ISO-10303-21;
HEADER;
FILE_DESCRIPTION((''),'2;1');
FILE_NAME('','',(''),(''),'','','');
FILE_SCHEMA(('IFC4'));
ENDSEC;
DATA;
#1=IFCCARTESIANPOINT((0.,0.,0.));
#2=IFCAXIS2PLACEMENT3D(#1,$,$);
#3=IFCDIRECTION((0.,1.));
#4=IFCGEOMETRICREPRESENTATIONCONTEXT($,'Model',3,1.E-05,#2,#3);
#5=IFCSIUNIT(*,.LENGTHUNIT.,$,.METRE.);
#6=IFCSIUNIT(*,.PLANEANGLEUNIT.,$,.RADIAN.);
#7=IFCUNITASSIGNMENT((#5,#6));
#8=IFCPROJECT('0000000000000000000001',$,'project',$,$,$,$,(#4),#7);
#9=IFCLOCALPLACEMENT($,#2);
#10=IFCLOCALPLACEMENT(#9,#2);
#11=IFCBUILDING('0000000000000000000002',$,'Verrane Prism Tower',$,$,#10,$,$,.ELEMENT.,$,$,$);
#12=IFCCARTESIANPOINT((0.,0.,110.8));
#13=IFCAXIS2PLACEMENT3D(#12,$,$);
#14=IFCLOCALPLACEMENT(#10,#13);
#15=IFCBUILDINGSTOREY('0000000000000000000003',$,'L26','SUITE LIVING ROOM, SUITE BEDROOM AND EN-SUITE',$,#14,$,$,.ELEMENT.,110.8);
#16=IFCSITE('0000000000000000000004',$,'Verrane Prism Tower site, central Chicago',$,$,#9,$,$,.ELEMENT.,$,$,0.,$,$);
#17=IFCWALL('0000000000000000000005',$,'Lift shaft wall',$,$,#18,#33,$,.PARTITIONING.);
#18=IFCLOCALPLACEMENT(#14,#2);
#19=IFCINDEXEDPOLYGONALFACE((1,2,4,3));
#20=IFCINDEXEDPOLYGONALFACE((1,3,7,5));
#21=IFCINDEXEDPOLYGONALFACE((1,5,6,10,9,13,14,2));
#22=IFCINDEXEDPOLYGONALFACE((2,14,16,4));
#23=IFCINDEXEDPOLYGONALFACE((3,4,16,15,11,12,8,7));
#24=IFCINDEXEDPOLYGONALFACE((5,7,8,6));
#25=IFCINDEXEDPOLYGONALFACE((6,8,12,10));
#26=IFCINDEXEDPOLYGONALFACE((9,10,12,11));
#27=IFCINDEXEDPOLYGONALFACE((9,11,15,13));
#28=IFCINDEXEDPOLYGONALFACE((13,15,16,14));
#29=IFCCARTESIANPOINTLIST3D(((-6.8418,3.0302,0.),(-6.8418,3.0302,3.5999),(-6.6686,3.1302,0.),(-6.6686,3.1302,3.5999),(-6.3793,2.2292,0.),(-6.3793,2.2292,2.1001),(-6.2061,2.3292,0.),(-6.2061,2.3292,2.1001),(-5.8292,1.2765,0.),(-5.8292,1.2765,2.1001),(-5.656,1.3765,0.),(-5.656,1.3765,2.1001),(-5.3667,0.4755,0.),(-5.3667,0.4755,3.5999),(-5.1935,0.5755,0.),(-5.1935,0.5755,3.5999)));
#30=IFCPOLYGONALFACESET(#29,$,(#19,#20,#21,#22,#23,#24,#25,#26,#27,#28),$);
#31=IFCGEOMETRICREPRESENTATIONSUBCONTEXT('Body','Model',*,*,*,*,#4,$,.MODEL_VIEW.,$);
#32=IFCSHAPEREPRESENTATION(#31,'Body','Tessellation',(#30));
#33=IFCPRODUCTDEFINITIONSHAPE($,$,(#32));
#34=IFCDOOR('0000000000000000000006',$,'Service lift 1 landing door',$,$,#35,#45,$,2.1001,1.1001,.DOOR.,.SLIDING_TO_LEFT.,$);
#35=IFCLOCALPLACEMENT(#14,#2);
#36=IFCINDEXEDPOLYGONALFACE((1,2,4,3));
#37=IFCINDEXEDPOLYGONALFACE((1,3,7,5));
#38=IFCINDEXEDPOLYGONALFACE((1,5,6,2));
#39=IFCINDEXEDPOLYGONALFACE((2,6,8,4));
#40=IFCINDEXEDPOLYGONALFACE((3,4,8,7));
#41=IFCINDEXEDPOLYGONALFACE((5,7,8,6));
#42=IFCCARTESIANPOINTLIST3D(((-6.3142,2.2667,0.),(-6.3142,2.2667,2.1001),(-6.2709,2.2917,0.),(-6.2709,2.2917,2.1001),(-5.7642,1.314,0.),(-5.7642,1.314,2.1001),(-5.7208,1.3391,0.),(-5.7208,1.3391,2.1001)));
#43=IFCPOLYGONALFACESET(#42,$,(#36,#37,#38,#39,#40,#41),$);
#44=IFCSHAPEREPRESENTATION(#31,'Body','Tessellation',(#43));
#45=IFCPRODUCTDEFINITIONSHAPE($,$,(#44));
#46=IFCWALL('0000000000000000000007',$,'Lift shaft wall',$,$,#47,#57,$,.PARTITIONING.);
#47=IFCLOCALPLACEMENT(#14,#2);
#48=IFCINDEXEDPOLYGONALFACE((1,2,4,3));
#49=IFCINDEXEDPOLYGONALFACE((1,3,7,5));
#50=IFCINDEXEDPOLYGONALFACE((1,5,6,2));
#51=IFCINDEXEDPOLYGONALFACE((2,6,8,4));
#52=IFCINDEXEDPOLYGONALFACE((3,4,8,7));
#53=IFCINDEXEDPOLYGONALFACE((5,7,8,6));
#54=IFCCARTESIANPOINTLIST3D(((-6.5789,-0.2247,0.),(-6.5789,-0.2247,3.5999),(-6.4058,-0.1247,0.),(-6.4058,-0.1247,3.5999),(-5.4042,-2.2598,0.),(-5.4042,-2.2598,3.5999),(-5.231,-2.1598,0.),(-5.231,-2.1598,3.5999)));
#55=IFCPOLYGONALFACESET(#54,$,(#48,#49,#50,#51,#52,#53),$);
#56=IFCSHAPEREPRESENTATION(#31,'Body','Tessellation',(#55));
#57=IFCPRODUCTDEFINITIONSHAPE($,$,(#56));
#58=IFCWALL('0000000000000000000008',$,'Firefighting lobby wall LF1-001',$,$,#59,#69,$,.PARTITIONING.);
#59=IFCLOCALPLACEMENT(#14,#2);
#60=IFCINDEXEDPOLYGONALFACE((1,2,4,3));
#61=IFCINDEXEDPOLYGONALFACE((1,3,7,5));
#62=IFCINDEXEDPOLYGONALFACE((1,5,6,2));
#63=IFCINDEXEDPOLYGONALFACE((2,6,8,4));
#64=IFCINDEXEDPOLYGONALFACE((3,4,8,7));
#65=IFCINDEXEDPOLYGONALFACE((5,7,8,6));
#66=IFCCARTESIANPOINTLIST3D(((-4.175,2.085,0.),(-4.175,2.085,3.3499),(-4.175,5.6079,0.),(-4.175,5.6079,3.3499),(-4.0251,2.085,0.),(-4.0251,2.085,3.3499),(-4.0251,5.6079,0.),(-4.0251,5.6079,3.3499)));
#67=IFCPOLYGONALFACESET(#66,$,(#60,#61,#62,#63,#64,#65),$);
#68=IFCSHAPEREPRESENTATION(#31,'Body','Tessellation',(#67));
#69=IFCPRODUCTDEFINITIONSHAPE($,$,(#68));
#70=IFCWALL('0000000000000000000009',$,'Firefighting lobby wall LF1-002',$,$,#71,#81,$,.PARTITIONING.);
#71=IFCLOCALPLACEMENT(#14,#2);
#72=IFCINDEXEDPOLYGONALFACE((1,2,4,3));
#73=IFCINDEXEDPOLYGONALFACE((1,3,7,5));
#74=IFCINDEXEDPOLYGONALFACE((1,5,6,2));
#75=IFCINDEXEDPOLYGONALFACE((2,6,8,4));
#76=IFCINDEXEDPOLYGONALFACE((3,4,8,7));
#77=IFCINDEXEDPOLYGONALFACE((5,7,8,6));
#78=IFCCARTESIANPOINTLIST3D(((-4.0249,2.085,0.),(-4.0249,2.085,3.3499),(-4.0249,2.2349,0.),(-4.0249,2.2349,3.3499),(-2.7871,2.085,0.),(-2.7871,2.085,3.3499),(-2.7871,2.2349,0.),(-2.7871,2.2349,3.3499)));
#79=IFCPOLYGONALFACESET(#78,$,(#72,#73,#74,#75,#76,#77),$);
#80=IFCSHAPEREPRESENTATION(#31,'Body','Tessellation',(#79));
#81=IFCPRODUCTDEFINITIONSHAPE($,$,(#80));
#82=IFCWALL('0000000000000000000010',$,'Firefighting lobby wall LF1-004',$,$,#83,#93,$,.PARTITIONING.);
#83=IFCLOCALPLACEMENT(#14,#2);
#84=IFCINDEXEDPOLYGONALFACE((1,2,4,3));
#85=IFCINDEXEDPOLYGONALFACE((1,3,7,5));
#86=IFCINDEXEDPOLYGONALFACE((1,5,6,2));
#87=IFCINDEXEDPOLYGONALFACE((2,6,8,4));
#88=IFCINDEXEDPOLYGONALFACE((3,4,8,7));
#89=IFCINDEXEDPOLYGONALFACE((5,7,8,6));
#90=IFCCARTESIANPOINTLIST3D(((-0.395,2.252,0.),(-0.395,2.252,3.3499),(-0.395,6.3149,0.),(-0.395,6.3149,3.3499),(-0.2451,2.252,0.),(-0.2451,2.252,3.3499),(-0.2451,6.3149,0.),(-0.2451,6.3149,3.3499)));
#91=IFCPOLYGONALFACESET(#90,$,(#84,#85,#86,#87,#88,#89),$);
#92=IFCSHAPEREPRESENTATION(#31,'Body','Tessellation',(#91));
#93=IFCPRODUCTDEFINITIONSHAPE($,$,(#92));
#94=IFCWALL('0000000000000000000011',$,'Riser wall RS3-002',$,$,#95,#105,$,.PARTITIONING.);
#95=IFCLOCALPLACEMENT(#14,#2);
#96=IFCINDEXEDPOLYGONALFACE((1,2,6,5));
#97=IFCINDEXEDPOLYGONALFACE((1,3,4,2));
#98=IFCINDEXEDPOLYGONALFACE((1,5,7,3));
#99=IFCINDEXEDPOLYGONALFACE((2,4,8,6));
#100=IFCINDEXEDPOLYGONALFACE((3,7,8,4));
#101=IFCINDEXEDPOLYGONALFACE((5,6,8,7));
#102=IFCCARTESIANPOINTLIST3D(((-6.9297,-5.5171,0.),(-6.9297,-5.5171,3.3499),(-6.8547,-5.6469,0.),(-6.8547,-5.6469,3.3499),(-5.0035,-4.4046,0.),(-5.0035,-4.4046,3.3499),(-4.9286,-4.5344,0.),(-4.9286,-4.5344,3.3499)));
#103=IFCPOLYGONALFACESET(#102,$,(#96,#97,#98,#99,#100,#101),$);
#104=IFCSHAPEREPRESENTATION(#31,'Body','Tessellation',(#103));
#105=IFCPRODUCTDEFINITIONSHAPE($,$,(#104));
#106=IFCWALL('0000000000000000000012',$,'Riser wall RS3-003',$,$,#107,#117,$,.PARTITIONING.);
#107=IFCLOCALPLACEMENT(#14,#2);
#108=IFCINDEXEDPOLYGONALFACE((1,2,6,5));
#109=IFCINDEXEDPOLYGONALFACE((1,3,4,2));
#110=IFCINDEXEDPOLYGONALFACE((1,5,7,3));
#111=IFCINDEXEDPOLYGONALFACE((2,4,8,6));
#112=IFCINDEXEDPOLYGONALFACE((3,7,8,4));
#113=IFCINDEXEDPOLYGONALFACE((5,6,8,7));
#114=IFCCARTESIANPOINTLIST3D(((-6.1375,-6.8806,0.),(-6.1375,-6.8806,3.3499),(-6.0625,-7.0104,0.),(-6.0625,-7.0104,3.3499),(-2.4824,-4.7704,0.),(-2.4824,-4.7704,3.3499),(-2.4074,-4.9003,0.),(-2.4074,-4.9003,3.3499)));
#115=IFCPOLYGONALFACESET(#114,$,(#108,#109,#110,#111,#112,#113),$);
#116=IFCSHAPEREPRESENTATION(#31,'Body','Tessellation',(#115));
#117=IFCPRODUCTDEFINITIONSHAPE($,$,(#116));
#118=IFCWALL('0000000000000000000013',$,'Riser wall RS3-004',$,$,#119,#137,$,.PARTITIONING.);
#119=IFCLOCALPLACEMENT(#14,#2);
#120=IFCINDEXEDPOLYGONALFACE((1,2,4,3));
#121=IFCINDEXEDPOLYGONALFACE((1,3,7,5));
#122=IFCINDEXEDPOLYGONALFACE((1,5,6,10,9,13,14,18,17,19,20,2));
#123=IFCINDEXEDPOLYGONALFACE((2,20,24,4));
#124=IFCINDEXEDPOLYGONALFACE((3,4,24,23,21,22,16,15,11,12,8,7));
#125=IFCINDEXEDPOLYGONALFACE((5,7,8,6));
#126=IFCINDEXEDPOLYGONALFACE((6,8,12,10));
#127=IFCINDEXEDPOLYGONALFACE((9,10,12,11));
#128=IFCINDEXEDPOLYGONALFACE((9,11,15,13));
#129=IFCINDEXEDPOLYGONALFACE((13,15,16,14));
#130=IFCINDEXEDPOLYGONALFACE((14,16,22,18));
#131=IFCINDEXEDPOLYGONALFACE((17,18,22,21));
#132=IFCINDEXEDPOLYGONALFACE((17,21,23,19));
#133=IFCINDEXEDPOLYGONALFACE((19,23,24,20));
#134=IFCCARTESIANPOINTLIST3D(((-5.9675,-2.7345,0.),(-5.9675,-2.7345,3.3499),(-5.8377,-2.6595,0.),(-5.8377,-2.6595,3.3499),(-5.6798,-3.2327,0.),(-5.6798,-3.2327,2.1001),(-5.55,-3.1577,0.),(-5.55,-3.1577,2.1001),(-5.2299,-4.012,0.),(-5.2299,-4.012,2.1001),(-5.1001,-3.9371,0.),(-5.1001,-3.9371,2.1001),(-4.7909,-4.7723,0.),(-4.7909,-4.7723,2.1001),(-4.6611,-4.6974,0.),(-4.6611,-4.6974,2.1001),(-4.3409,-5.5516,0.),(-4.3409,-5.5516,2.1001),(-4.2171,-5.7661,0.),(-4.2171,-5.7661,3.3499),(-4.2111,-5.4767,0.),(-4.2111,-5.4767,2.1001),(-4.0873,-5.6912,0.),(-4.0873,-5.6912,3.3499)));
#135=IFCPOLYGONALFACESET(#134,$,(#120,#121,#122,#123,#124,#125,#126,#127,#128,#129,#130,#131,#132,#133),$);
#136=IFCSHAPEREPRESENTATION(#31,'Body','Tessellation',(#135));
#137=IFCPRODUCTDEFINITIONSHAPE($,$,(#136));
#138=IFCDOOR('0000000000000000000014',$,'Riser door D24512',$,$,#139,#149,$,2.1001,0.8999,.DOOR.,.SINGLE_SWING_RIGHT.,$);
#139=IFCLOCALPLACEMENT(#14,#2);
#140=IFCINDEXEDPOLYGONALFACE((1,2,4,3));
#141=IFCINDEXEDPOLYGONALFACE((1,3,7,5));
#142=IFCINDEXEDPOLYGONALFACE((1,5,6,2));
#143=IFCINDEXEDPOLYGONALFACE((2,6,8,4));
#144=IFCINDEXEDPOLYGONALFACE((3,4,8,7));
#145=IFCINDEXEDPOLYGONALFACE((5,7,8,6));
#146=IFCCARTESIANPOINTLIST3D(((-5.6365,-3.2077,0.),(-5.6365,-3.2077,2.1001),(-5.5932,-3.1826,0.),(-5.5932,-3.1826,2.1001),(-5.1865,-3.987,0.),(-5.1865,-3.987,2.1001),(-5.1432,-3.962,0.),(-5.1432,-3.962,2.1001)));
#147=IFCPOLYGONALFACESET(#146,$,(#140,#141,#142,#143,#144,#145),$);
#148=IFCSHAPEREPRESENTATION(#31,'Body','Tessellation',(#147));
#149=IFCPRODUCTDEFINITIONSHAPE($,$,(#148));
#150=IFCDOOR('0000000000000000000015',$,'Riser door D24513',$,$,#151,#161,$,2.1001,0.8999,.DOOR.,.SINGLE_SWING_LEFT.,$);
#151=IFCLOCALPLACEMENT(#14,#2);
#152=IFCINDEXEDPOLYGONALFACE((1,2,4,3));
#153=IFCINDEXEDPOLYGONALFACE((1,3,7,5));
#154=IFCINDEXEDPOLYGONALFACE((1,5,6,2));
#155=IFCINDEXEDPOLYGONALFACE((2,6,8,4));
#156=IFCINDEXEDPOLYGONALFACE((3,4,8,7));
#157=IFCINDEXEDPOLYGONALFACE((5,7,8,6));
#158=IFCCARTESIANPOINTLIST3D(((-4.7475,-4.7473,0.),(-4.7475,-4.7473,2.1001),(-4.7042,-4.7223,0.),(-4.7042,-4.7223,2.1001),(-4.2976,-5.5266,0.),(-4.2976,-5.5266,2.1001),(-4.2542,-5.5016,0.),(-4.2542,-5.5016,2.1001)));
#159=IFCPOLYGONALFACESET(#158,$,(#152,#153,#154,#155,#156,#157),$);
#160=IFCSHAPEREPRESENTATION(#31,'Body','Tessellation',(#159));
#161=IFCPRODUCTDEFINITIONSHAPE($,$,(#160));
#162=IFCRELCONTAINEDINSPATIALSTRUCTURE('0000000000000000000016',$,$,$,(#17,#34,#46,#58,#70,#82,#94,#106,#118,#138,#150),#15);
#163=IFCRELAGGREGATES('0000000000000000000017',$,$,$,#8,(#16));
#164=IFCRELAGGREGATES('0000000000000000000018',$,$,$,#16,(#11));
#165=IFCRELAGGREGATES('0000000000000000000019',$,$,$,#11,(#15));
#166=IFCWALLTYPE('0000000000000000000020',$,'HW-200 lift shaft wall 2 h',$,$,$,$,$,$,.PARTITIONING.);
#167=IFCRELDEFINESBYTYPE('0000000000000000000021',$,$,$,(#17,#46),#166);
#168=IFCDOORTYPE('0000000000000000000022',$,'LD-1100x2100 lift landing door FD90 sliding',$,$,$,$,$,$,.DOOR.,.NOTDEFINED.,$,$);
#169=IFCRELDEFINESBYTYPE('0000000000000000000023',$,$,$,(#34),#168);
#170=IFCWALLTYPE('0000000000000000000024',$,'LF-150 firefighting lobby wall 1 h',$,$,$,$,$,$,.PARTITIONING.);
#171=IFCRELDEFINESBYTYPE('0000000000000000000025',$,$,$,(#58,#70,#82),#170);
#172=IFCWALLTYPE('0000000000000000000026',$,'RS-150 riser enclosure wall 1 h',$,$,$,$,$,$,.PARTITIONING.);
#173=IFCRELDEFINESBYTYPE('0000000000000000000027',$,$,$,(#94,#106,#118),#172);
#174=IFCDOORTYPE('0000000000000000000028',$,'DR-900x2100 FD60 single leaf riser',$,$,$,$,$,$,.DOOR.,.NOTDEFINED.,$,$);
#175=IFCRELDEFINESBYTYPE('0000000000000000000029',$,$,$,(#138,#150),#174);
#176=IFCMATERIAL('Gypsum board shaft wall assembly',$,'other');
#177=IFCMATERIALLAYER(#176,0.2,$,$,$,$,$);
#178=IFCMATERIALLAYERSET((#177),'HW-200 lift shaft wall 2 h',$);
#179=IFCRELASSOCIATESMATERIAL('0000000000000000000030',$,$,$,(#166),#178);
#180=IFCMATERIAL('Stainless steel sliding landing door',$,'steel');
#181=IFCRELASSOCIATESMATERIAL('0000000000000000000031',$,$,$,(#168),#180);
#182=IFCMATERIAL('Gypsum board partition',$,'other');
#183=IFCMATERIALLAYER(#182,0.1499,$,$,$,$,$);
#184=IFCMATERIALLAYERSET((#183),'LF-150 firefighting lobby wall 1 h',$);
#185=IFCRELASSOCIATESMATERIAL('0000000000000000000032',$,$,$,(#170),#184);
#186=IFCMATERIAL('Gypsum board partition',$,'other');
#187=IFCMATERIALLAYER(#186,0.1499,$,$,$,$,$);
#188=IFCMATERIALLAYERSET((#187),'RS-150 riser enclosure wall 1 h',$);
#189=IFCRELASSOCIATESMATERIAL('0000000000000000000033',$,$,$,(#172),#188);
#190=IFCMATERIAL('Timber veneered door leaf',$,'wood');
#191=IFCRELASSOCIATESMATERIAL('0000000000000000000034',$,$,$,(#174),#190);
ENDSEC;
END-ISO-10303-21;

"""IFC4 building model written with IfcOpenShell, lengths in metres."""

from ifc_helpers import new_model, si_unit, direction, frame, frame_2d, origin, place, context, subcontext, project, spatial, rectangle, extrude, material, layer, layer_set, type_object, element, fill, save


model = new_model("IFC4")

# Units and contexts
model_context = context("Model", 3, precision=1e-05, world=origin(), true_north=direction((0.0, 1.0)))
body_context = subcontext(model_context, "Body", "Model", "MODEL_VIEW")
ifc_project = project(units=[si_unit("LENGTHUNIT", "METRE"), si_unit("PLANEANGLEUNIT", "RADIAN")], contexts=[model_context])

# Site, building, storey
site_placement = place(None, origin())
site = spatial("IfcSite", under=ifc_project, at=site_placement, Name="Verrane Prism Tower site, central Chicago", CompositionType="ELEMENT", RefElevation=0.0)
building_placement = place(site_placement, origin())
building = spatial("IfcBuilding", under=site, at=building_placement, Name="Verrane Prism Tower", CompositionType="ELEMENT")
storey_placement = place(building_placement, frame((0.0, 0.0, 110.8)))
storey = spatial("IfcBuildingStorey", under=building, at=storey_placement, Name="L26", Description="SUITE LIVING ROOM, SUITE BEDROOM AND EN-SUITE", CompositionType="ELEMENT", Elevation=110.8)

# Shared definitions
ifc_material_1 = material(Name="Gypsum board shaft wall assembly", Category="other")
ifc_layer_1 = layer(ifc_material_1, 0.2)
ifc_layer_set_1 = layer_set([ifc_layer_1], Name="HW-200 lift shaft wall 2 h")
wall_type_1 = type_object("IfcWallType", Name="HW-200 lift shaft wall 2 h", PredefinedType="PARTITIONING", material=ifc_layer_set_1)
ifc_material_2 = material(Name="Stainless steel sliding landing door", Category="steel")
door_type_1 = type_object("IfcDoorType", Name="LD-1100x2100 lift landing door FD90 sliding", OperationType="NOTDEFINED", PredefinedType="DOOR", material=ifc_material_2)

# Wall, opening, door
wall_1_placement = place(storey_placement, frame((-5.28, 0.5254, 0.0), z_axis=(0.0, 0.0, 1.0), x_axis=(-0.500038, 0.866004, 0.0)))
wall_1 = element("IfcWall", 1, at=wall_1_placement, inside=storey, type_object=wall_type_1, Name="Lift shaft wall", PredefinedType="PARTITIONING", context=body_context, shape_type="SweptSolid", body=[
    extrude(rectangle(XDim=2.95, YDim=0.2, at=frame_2d((1.4751, 0.0))), origin(), (0.0, 0.0, 1.0), 3.5999),
])
opening_1_placement = place(wall_1_placement, frame((0.925, 0.0, 0.0)))
opening_1 = element("IfcOpeningElement", 2, at=opening_1_placement, cuts=wall_1, PredefinedType="OPENING", context=body_context, shape_type="SweptSolid", body=[
    extrude(rectangle(XDim=1.1001, YDim=2.1001, at=frame_2d((0.55, 1.05))), frame((0.0, 0.1099, 0.0), z_axis=(0.0, -1.0, 0.0), x_axis=(1.0, 0.0, 0.0)), (0.0, 0.0, 1.0), 0.22),
])
door_1_placement = place(opening_1_placement, origin())
door_1 = element("IfcDoor", 3, at=door_1_placement, inside=storey, type_object=door_type_1, Name="Service lift 1 landing door", OperationType="SLIDING_TO_LEFT", OverallHeight=2.1001, OverallWidth=1.1001, PredefinedType="DOOR", context=body_context, shape_type="SweptSolid", body=[
    extrude(rectangle(XDim=1.1001, YDim=2.1001, at=frame_2d((0.55, 1.05))), frame((0.0, 0.0249, 0.0), z_axis=(0.0, -1.0, 0.0), x_axis=(1.0, 0.0, 0.0)), (0.0, 0.0, 1.0), 0.05),
])
fill(opening_1, door_1)

# Walls
wall_2_placement = place(storey_placement, frame((-5.3176, -2.2097, 0.0), z_axis=(0.0, 0.0, 1.0), x_axis=(-0.499938, 0.866061, 0.0)))
element("IfcWall", 4, at=wall_2_placement, inside=storey, type_object=wall_type_1, Name="Lift shaft wall", PredefinedType="PARTITIONING", context=body_context, shape_type="SweptSolid", body=[
    extrude(rectangle(XDim=2.3499, YDim=0.2, at=frame_2d((1.1748, 0.0))), origin(), (0.0, 0.0, 1.0), 3.5999),
])
ifc_material_3 = material(Name="Gypsum board partition", Category="other")
ifc_layer_2 = layer(ifc_material_3, 0.1499)
ifc_layer_set_2 = layer_set([ifc_layer_2], Name="LF-150 firefighting lobby wall 1 h")
wall_type_2 = type_object("IfcWallType", Name="LF-150 firefighting lobby wall 1 h", PredefinedType="PARTITIONING", material=ifc_layer_set_2)
wall_3_placement = place(storey_placement, frame((-4.1001, 2.085, 0.0), z_axis=(0.0, 0.0, 1.0), x_axis=(0.0, 1.0, 0.0)))
element("IfcWall", 5, at=wall_3_placement, inside=storey, type_object=wall_type_2, Name="Firefighting lobby wall LF1-001", PredefinedType="PARTITIONING", context=body_context, shape_type="SweptSolid", body=[
    extrude(rectangle(XDim=3.5229, YDim=0.1499, at=frame_2d((1.7615, 0.0))), origin(), (0.0, 0.0, 1.0), 3.3499),
])
wall_4_placement = place(storey_placement, frame((-4.0249, 2.1599, 0.0), z_axis=(0.0, 0.0, 1.0), x_axis=(1.0, 0.0, 0.0)))
element("IfcWall", 6, at=wall_4_placement, inside=storey, type_object=wall_type_2, Name="Firefighting lobby wall LF1-002", PredefinedType="PARTITIONING", context=body_context, shape_type="SweptSolid", body=[
    extrude(rectangle(XDim=1.2378, YDim=0.1499, at=frame_2d((0.6189, 0.0))), origin(), (0.0, 0.0, 1.0), 3.3499),
])
wall_5_placement = place(storey_placement, frame((-0.3201, 2.252, 0.0), z_axis=(0.0, 0.0, 1.0), x_axis=(0.0, 1.0, 0.0)))
element("IfcWall", 7, at=wall_5_placement, inside=storey, type_object=wall_type_2, Name="Firefighting lobby wall LF1-004", PredefinedType="PARTITIONING", context=body_context, shape_type="SweptSolid", body=[
    extrude(rectangle(XDim=4.063, YDim=0.1499, at=frame_2d((2.0315, 0.0))), origin(), (0.0, 0.0, 1.0), 3.3499),
])
ifc_material_4 = material(Name="Gypsum board partition", Category="other")
ifc_layer_3 = layer(ifc_material_4, 0.1499)
ifc_layer_set_3 = layer_set([ifc_layer_3], Name="RS-150 riser enclosure wall 1 h")
wall_type_3 = type_object("IfcWallType", Name="RS-150 riser enclosure wall 1 h", PredefinedType="PARTITIONING", material=ifc_layer_set_3)
wall_6_placement = place(storey_placement, frame((-6.8923, -5.582, 0.0), z_axis=(0.0, 0.0, 1.0), x_axis=(0.865944, 0.50014, 0.0)))
element("IfcWall", 8, at=wall_6_placement, inside=storey, type_object=wall_type_3, Name="Riser wall RS3-002", PredefinedType="PARTITIONING", context=body_context, shape_type="SweptSolid", body=[
    extrude(rectangle(XDim=2.2244, YDim=0.1499, at=frame_2d((1.1123, 0.0))), origin(), (0.0, 0.0, 1.0), 3.3499),
])
wall_7_placement = place(storey_placement, frame((-6.1001, -6.9456, 0.0), z_axis=(0.0, 0.0, 1.0), x_axis=(0.866038, 0.499978, 0.0)))
element("IfcWall", 9, at=wall_7_placement, inside=storey, type_object=wall_type_3, Name="Riser wall RS3-003", PredefinedType="PARTITIONING", context=body_context, shape_type="SweptSolid", body=[
    extrude(rectangle(XDim=4.2205, YDim=0.1499, at=frame_2d((2.1104, 0.0))), origin(), (0.0, 0.0, 1.0), 3.3499),
])

# Wall, openings, doors
wall_8_placement = place(storey_placement, frame((-4.1521, -5.7288, 0.0), z_axis=(0.0, 0.0, 1.0), x_axis=(-0.500024, 0.866011, 0.0)))
wall_8 = element("IfcWall", 10, at=wall_8_placement, inside=storey, type_object=wall_type_3, Name="Riser wall RS3-004", PredefinedType="PARTITIONING", context=body_context, shape_type="SweptSolid", body=[
    extrude(rectangle(XDim=3.5007, YDim=0.1499, at=frame_2d((1.7505, 0.0))), origin(), (0.0, 0.0, 1.0), 3.3499),
])
opening_2_placement = place(wall_8_placement, frame((2.0256, 0.0, 0.0)))
opening_2 = element("IfcOpeningElement", 11, at=opening_2_placement, cuts=wall_8, PredefinedType="OPENING", context=body_context, shape_type="SweptSolid", body=[
    extrude(rectangle(XDim=0.8999, YDim=2.1001, at=frame_2d((0.45, 1.05))), frame((0.0, 0.085, 0.0), z_axis=(0.0, -1.0, 0.0), x_axis=(1.0, 0.0, 0.0)), (0.0, 0.0, 1.0), 0.1699),
])
opening_3_placement = place(wall_8_placement, frame((0.2478, 0.0, 0.0)))
opening_3 = element("IfcOpeningElement", 12, at=opening_3_placement, cuts=wall_8, PredefinedType="OPENING", context=body_context, shape_type="SweptSolid", body=[
    extrude(rectangle(XDim=0.8999, YDim=2.1001, at=frame_2d((0.45, 1.05))), frame((0.0, 0.085, 0.0), z_axis=(0.0, -1.0, 0.0), x_axis=(1.0, 0.0, 0.0)), (0.0, 0.0, 1.0), 0.1699),
])
ifc_material_5 = material(Name="Timber veneered door leaf", Category="wood")
door_type_2 = type_object("IfcDoorType", Name="DR-900x2100 FD60 single leaf riser", OperationType="NOTDEFINED", PredefinedType="DOOR", material=ifc_material_5)
door_2_placement = place(opening_2_placement, origin())
door_2 = element("IfcDoor", 13, at=door_2_placement, inside=storey, type_object=door_type_2, Name="Riser door D24512", OperationType="SINGLE_SWING_RIGHT", OverallHeight=2.1001, OverallWidth=0.8999, PredefinedType="DOOR", context=body_context, shape_type="SweptSolid", body=[
    extrude(rectangle(XDim=0.8999, YDim=2.1001, at=frame_2d((0.45, 1.05))), frame((0.0, 0.0249, 0.0), z_axis=(0.0, -1.0, 0.0), x_axis=(1.0, 0.0, 0.0)), (0.0, 0.0, 1.0), 0.05),
])
fill(opening_2, door_2)
door_3_placement = place(opening_3_placement, origin())
door_3 = element("IfcDoor", 14, at=door_3_placement, inside=storey, type_object=door_type_2, Name="Riser door D24513", OperationType="SINGLE_SWING_LEFT", OverallHeight=2.1001, OverallWidth=0.8999, PredefinedType="DOOR", context=body_context, shape_type="SweptSolid", body=[
    extrude(rectangle(XDim=0.8999, YDim=2.1001, at=frame_2d((0.45, 1.05))), frame((0.0, 0.0249, 0.0), z_axis=(0.0, -1.0, 0.0), x_axis=(1.0, 0.0, 0.0)), (0.0, 0.0, 1.0), 0.05),
])
fill(opening_3, door_3)

save(model, "model.ifc")
